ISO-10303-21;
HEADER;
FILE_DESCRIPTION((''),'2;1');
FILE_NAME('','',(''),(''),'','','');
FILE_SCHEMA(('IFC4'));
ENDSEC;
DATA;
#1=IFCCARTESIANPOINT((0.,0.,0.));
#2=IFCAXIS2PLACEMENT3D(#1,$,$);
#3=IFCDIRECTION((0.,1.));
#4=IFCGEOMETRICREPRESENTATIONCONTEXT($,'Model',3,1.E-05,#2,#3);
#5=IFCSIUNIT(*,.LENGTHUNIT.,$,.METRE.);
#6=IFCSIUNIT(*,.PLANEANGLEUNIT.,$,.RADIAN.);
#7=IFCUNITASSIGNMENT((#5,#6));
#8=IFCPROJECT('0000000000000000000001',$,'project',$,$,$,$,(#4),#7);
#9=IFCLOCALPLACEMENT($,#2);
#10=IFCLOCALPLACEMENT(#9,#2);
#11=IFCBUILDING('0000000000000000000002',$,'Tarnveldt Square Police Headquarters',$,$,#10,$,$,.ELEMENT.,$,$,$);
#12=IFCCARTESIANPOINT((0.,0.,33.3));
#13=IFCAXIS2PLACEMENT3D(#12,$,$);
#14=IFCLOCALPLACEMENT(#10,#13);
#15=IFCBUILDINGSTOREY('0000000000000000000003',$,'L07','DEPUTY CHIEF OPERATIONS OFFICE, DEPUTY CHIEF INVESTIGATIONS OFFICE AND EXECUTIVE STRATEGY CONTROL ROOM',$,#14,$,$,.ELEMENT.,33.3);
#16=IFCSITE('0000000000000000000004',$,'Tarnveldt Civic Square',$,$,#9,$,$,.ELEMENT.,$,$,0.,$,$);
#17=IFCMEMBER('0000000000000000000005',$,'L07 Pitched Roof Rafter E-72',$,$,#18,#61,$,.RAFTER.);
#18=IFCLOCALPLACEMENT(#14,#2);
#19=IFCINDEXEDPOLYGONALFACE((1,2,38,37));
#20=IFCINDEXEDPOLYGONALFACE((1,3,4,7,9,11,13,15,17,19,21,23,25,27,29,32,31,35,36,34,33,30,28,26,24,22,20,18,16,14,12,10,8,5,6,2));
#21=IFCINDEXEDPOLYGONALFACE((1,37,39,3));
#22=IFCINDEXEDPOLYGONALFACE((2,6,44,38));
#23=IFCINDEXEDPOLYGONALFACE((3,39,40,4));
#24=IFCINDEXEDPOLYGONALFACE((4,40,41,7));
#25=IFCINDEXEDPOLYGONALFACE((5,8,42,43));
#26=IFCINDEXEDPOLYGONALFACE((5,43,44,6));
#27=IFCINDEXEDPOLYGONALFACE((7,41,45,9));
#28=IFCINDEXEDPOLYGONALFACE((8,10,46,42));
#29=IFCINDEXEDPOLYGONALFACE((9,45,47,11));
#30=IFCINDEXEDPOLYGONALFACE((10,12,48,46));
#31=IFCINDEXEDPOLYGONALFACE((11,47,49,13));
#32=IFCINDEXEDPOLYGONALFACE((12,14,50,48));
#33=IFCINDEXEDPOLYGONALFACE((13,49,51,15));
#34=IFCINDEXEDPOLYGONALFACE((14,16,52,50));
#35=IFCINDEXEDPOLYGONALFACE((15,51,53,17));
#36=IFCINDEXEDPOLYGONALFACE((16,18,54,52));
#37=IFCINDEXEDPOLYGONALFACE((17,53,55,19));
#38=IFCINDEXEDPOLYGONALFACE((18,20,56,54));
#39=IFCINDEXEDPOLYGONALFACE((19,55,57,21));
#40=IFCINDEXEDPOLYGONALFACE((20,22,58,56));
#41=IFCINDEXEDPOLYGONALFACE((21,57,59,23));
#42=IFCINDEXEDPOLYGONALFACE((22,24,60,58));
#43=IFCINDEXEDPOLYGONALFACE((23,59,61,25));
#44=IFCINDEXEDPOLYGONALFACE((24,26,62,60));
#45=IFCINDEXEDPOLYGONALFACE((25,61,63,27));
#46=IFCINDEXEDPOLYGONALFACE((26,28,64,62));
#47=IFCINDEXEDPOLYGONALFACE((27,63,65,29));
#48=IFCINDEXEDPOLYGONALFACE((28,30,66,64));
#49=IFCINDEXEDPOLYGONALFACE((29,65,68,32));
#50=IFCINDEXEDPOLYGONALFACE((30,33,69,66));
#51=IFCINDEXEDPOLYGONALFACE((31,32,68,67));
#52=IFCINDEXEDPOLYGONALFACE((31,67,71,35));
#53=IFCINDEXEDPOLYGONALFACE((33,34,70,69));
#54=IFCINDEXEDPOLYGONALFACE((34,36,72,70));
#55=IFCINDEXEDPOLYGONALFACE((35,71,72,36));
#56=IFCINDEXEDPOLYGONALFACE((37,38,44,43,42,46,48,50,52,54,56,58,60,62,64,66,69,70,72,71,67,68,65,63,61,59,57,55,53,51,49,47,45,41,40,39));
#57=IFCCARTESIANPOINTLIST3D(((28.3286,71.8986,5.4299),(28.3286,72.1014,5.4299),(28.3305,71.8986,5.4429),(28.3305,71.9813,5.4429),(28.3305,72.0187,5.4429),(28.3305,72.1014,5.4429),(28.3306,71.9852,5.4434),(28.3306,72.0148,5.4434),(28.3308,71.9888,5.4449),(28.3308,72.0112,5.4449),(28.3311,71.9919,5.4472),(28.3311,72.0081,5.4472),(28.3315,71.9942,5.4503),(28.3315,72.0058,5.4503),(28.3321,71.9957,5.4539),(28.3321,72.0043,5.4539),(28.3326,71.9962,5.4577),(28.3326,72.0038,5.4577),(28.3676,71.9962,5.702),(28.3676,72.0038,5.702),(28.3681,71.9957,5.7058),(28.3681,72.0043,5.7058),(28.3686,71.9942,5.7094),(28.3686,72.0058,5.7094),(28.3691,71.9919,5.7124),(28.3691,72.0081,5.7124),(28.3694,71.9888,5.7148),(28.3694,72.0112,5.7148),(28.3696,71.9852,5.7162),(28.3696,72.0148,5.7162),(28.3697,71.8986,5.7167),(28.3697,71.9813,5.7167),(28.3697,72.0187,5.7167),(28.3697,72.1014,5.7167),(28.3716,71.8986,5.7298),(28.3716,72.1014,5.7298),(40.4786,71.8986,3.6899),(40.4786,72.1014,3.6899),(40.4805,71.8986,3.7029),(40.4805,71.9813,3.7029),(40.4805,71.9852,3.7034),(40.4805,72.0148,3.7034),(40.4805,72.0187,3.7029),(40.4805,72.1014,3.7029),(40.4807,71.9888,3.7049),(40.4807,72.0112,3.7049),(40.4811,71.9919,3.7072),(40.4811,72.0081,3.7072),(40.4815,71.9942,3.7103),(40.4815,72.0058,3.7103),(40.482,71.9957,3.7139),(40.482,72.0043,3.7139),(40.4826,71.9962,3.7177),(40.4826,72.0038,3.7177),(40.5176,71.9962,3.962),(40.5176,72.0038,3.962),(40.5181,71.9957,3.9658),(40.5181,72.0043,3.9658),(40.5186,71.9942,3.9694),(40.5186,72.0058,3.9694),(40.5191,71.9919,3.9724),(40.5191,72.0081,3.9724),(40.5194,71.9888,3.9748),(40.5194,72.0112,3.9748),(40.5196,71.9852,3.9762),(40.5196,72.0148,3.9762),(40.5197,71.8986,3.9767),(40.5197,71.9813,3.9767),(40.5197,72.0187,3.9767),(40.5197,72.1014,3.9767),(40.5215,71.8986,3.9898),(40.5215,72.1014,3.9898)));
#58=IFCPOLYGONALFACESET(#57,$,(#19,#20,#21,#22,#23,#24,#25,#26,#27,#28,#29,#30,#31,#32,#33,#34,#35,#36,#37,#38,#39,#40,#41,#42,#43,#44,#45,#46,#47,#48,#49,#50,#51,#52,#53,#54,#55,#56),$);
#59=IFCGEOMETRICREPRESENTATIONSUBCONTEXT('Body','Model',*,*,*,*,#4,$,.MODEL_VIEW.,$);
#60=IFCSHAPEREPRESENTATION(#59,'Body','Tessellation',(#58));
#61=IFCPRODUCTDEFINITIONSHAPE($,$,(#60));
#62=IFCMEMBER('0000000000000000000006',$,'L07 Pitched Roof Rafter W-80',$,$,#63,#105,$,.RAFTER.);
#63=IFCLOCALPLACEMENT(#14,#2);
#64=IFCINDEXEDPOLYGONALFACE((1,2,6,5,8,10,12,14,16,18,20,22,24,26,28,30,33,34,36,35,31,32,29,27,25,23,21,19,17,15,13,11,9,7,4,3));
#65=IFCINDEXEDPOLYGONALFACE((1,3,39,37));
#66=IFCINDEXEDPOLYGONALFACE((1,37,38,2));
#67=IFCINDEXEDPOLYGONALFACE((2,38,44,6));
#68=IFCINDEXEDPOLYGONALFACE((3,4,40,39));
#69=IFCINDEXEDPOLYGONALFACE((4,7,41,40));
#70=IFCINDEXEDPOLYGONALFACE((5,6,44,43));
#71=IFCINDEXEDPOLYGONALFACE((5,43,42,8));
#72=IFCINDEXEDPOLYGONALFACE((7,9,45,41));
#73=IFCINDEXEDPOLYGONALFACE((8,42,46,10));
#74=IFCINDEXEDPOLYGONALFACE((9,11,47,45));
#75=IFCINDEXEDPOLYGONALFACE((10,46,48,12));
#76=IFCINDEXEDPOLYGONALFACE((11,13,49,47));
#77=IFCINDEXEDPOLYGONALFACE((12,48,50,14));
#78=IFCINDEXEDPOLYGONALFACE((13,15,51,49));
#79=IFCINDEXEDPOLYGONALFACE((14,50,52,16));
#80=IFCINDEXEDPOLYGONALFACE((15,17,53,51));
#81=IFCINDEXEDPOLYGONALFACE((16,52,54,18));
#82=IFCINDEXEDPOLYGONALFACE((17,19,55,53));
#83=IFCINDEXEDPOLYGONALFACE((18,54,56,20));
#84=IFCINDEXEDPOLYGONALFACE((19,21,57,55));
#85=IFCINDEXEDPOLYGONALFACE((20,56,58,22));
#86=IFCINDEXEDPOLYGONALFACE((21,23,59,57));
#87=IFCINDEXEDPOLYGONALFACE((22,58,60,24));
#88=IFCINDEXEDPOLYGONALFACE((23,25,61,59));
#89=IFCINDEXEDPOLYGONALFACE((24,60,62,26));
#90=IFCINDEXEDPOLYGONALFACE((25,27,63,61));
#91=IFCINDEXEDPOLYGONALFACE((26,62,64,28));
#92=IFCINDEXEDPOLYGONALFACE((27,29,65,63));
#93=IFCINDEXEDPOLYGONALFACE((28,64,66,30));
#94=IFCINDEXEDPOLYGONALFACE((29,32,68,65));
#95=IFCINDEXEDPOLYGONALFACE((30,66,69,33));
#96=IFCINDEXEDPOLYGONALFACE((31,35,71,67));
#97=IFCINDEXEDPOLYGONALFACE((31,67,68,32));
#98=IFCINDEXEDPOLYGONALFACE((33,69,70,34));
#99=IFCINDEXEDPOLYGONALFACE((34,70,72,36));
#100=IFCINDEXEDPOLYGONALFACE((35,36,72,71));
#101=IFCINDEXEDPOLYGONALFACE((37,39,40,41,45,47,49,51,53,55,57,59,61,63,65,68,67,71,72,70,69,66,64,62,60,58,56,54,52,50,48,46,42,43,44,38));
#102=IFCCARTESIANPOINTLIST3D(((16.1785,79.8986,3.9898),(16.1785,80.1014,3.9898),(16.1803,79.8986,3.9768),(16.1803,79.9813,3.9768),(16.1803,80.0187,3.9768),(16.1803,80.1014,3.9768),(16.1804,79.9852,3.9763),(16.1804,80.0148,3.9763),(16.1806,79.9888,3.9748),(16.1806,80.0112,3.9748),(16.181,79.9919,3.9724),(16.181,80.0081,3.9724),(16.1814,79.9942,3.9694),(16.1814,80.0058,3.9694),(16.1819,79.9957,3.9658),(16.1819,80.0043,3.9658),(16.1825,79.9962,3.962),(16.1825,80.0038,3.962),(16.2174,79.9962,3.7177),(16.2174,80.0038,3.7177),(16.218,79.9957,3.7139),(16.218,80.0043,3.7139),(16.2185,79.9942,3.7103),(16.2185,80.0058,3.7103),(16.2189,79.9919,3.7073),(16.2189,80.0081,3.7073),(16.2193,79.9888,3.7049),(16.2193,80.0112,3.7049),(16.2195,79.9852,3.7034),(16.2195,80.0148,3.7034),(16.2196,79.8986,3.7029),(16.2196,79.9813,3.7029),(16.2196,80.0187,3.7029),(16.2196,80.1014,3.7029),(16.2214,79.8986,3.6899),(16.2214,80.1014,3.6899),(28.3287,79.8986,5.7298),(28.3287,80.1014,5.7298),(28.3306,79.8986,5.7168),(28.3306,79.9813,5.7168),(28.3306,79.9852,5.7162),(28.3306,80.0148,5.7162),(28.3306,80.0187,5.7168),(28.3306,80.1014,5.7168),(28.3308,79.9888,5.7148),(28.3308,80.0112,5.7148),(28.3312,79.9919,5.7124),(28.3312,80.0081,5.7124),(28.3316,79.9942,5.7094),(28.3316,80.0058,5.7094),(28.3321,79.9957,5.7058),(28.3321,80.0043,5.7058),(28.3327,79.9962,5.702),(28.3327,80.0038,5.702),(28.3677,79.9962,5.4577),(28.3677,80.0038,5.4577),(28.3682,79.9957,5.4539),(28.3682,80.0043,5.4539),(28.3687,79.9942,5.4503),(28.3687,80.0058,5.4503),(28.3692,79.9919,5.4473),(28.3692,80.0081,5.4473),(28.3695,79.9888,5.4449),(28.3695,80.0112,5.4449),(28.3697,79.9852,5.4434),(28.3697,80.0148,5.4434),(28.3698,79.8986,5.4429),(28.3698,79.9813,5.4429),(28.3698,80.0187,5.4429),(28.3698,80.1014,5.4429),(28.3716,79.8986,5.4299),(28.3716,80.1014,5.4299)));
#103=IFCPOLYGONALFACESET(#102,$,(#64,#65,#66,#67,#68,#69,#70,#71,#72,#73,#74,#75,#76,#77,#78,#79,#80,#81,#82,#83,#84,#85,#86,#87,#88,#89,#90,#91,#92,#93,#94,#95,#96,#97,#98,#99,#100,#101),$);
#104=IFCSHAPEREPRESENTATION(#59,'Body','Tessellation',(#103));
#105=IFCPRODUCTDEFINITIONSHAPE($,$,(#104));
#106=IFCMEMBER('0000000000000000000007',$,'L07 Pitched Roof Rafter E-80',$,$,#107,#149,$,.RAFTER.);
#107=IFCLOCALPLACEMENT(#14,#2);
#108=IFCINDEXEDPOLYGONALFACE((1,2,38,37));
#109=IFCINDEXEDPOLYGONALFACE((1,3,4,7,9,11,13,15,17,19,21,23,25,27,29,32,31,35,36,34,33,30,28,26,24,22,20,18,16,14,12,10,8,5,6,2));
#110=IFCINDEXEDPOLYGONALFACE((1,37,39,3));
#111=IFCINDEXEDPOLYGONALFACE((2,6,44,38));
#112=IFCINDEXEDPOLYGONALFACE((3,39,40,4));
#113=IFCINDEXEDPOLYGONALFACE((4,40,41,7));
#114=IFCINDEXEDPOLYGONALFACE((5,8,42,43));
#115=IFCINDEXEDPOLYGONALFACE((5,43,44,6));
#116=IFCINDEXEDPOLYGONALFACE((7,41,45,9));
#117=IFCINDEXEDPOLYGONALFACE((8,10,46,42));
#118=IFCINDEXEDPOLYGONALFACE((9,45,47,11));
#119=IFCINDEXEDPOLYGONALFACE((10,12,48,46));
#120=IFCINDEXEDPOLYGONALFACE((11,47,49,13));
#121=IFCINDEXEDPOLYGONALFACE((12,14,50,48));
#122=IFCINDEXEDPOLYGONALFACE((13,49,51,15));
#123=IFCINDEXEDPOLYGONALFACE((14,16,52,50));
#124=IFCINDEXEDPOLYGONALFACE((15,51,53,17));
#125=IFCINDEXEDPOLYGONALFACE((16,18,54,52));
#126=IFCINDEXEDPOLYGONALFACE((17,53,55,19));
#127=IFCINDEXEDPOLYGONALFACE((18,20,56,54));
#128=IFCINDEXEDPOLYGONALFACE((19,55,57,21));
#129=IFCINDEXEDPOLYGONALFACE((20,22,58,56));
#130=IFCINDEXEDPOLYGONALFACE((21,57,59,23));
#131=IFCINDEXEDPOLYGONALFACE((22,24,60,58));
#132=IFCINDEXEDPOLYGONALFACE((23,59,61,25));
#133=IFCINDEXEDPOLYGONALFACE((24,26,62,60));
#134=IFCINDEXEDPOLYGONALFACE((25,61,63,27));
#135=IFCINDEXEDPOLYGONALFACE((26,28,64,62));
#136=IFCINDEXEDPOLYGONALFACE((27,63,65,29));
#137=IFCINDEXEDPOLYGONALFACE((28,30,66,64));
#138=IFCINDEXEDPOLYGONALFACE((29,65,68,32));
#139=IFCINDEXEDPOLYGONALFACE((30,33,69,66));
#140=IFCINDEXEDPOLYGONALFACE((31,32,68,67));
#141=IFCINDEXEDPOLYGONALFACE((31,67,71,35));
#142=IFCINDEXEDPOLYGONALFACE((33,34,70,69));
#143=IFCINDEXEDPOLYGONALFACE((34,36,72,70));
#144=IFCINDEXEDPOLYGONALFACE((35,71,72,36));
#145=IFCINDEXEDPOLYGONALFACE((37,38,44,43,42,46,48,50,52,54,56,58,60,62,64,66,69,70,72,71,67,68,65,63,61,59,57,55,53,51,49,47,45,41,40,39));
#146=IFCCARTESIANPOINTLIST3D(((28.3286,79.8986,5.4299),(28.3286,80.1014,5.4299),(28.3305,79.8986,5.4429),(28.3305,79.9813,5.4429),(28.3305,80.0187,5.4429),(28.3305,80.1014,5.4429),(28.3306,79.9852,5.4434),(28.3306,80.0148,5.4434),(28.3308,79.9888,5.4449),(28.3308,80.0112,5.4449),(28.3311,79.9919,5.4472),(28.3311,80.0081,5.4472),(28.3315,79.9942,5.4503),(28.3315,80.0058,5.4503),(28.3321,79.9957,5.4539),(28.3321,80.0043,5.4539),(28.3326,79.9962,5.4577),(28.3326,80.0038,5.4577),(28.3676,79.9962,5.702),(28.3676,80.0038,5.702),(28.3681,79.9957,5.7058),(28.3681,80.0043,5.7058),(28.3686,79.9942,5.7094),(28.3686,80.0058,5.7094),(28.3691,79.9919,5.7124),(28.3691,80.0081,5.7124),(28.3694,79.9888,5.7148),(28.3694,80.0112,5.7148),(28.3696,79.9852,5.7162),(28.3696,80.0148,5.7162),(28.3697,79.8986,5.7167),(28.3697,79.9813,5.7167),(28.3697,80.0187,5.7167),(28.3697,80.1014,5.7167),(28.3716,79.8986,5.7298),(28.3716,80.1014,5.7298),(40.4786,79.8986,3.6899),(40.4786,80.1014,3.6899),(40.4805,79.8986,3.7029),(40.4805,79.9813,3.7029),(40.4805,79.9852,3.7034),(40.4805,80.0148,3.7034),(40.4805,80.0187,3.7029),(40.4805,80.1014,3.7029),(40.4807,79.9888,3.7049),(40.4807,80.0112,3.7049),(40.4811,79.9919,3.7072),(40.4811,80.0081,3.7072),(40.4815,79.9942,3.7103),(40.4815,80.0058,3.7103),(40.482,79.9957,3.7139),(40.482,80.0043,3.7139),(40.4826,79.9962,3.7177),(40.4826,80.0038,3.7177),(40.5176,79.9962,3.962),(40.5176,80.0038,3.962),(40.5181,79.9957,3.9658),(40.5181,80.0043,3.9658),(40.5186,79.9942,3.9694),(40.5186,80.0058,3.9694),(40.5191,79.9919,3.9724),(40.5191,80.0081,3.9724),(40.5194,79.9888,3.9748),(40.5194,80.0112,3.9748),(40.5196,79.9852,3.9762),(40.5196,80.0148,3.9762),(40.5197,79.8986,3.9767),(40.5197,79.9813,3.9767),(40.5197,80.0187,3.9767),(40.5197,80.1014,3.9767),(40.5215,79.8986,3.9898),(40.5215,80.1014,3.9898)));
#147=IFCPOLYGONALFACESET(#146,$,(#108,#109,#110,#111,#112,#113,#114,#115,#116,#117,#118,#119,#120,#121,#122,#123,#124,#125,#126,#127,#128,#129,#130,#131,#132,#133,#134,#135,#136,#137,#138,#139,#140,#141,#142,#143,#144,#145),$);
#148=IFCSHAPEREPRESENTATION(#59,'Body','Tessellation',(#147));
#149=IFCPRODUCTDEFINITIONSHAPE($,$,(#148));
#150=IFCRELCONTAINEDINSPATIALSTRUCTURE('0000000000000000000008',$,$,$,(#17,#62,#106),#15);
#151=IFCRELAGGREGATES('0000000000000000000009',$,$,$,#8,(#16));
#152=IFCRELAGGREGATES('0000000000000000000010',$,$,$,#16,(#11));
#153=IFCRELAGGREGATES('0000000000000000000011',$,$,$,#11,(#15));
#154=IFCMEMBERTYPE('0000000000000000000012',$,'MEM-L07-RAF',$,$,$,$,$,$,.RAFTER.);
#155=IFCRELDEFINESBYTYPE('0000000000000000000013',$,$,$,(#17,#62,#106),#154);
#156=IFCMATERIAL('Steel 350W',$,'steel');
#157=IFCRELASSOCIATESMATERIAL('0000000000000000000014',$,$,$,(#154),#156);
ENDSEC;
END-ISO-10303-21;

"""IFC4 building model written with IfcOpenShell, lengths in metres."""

from ifc_helpers import new_model, si_unit, direction, frame, origin, origin_2d, place, context, subcontext, project, spatial, i_section, extrude, material, material_profile, profile_set, type_object, element, save


model = new_model("IFC4")

# Units and contexts
model_context = context("Model", 3, precision=1e-05, world=origin(), true_north=direction((0.0, 1.0)))
body_context = subcontext(model_context, "Body", "Model", "MODEL_VIEW")
ifc_project = project(units=[si_unit("LENGTHUNIT", "METRE"), si_unit("PLANEANGLEUNIT", "RADIAN")], contexts=[model_context])

# Site, building, storey
site_placement = place(None, origin())
site = spatial("IfcSite", under=ifc_project, at=site_placement, Name="Tarnveldt Civic Square", CompositionType="ELEMENT", RefElevation=0.0)
building_placement = place(site_placement, origin())
building = spatial("IfcBuilding", under=site, at=building_placement, Name="Tarnveldt Square Police Headquarters", CompositionType="ELEMENT")
storey_placement = place(building_placement, frame((0.0, 0.0, 33.3)))
storey = spatial("IfcBuildingStorey", under=building, at=storey_placement, Name="L07", Description="DEPUTY CHIEF OPERATIONS OFFICE, DEPUTY CHIEF INVESTIGATIONS OFFICE AND EXECUTIVE STRATEGY CONTROL ROOM", CompositionType="ELEMENT", Elevation=33.3)

# Shared definitions
ifc_material_1 = material(Name="Steel 350W", Category="steel")

# Members
ifc_material_profile_1 = material_profile(ifc_material_1, i_section(OverallWidth=0.2029, OverallDepth=0.303, WebThickness=0.0076, FlangeThickness=0.0132, FilletRadius=0.0149, at=origin_2d()), Name="W310x60")
ifc_profile_set_1 = profile_set([ifc_material_profile_1], Name="Steel 350W")
member_type_1 = type_object("IfcMemberType", Name="MEM-L07-RAF", PredefinedType="RAFTER", material=ifc_profile_set_1)
member_1_placement = place(storey_placement, frame((28.3501, 72.0, 5.5798), z_axis=(0.989901, 0.0, -0.141764), x_axis=(0.0, 1.0, 0.0)))
element("IfcMember", 1, at=member_1_placement, inside=storey, type_object=member_type_1, Name="L07 Pitched Roof Rafter E-72", PredefinedType="RAFTER", context=body_context, shape_type="SweptSolid", body=[
    extrude(i_section(OverallWidth=0.2029, OverallDepth=0.303, WebThickness=0.0076, FlangeThickness=0.0132, FilletRadius=0.0149, at=origin_2d()), origin(), (0.0, 0.0, 1.0), 12.2739),
])
member_2_placement = place(storey_placement, frame((16.2, 80.0, 3.8398), z_axis=(0.989901, 0.0, 0.141761), x_axis=(0.0, 1.0, 0.0)))
element("IfcMember", 2, at=member_2_placement, inside=storey, type_object=member_type_1, Name="L07 Pitched Roof Rafter W-80", PredefinedType="RAFTER", context=body_context, shape_type="SweptSolid", body=[
    extrude(i_section(OverallWidth=0.2029, OverallDepth=0.303, WebThickness=0.0076, FlangeThickness=0.0132, FilletRadius=0.0149, at=origin_2d()), origin(), (0.0, 0.0, 1.0), 12.2742),
])
member_3_placement = place(storey_placement, frame((28.3501, 80.0, 5.5798), z_axis=(0.989901, 0.0, -0.141764), x_axis=(0.0, 1.0, 0.0)))
element("IfcMember", 3, at=member_3_placement, inside=storey, type_object=member_type_1, Name="L07 Pitched Roof Rafter E-80", PredefinedType="RAFTER", context=body_context, shape_type="SweptSolid", body=[
    extrude(i_section(OverallWidth=0.2029, OverallDepth=0.303, WebThickness=0.0076, FlangeThickness=0.0132, FilletRadius=0.0149, at=origin_2d()), origin(), (0.0, 0.0, 1.0), 12.2739),
])

save(model, "model.ifc")
